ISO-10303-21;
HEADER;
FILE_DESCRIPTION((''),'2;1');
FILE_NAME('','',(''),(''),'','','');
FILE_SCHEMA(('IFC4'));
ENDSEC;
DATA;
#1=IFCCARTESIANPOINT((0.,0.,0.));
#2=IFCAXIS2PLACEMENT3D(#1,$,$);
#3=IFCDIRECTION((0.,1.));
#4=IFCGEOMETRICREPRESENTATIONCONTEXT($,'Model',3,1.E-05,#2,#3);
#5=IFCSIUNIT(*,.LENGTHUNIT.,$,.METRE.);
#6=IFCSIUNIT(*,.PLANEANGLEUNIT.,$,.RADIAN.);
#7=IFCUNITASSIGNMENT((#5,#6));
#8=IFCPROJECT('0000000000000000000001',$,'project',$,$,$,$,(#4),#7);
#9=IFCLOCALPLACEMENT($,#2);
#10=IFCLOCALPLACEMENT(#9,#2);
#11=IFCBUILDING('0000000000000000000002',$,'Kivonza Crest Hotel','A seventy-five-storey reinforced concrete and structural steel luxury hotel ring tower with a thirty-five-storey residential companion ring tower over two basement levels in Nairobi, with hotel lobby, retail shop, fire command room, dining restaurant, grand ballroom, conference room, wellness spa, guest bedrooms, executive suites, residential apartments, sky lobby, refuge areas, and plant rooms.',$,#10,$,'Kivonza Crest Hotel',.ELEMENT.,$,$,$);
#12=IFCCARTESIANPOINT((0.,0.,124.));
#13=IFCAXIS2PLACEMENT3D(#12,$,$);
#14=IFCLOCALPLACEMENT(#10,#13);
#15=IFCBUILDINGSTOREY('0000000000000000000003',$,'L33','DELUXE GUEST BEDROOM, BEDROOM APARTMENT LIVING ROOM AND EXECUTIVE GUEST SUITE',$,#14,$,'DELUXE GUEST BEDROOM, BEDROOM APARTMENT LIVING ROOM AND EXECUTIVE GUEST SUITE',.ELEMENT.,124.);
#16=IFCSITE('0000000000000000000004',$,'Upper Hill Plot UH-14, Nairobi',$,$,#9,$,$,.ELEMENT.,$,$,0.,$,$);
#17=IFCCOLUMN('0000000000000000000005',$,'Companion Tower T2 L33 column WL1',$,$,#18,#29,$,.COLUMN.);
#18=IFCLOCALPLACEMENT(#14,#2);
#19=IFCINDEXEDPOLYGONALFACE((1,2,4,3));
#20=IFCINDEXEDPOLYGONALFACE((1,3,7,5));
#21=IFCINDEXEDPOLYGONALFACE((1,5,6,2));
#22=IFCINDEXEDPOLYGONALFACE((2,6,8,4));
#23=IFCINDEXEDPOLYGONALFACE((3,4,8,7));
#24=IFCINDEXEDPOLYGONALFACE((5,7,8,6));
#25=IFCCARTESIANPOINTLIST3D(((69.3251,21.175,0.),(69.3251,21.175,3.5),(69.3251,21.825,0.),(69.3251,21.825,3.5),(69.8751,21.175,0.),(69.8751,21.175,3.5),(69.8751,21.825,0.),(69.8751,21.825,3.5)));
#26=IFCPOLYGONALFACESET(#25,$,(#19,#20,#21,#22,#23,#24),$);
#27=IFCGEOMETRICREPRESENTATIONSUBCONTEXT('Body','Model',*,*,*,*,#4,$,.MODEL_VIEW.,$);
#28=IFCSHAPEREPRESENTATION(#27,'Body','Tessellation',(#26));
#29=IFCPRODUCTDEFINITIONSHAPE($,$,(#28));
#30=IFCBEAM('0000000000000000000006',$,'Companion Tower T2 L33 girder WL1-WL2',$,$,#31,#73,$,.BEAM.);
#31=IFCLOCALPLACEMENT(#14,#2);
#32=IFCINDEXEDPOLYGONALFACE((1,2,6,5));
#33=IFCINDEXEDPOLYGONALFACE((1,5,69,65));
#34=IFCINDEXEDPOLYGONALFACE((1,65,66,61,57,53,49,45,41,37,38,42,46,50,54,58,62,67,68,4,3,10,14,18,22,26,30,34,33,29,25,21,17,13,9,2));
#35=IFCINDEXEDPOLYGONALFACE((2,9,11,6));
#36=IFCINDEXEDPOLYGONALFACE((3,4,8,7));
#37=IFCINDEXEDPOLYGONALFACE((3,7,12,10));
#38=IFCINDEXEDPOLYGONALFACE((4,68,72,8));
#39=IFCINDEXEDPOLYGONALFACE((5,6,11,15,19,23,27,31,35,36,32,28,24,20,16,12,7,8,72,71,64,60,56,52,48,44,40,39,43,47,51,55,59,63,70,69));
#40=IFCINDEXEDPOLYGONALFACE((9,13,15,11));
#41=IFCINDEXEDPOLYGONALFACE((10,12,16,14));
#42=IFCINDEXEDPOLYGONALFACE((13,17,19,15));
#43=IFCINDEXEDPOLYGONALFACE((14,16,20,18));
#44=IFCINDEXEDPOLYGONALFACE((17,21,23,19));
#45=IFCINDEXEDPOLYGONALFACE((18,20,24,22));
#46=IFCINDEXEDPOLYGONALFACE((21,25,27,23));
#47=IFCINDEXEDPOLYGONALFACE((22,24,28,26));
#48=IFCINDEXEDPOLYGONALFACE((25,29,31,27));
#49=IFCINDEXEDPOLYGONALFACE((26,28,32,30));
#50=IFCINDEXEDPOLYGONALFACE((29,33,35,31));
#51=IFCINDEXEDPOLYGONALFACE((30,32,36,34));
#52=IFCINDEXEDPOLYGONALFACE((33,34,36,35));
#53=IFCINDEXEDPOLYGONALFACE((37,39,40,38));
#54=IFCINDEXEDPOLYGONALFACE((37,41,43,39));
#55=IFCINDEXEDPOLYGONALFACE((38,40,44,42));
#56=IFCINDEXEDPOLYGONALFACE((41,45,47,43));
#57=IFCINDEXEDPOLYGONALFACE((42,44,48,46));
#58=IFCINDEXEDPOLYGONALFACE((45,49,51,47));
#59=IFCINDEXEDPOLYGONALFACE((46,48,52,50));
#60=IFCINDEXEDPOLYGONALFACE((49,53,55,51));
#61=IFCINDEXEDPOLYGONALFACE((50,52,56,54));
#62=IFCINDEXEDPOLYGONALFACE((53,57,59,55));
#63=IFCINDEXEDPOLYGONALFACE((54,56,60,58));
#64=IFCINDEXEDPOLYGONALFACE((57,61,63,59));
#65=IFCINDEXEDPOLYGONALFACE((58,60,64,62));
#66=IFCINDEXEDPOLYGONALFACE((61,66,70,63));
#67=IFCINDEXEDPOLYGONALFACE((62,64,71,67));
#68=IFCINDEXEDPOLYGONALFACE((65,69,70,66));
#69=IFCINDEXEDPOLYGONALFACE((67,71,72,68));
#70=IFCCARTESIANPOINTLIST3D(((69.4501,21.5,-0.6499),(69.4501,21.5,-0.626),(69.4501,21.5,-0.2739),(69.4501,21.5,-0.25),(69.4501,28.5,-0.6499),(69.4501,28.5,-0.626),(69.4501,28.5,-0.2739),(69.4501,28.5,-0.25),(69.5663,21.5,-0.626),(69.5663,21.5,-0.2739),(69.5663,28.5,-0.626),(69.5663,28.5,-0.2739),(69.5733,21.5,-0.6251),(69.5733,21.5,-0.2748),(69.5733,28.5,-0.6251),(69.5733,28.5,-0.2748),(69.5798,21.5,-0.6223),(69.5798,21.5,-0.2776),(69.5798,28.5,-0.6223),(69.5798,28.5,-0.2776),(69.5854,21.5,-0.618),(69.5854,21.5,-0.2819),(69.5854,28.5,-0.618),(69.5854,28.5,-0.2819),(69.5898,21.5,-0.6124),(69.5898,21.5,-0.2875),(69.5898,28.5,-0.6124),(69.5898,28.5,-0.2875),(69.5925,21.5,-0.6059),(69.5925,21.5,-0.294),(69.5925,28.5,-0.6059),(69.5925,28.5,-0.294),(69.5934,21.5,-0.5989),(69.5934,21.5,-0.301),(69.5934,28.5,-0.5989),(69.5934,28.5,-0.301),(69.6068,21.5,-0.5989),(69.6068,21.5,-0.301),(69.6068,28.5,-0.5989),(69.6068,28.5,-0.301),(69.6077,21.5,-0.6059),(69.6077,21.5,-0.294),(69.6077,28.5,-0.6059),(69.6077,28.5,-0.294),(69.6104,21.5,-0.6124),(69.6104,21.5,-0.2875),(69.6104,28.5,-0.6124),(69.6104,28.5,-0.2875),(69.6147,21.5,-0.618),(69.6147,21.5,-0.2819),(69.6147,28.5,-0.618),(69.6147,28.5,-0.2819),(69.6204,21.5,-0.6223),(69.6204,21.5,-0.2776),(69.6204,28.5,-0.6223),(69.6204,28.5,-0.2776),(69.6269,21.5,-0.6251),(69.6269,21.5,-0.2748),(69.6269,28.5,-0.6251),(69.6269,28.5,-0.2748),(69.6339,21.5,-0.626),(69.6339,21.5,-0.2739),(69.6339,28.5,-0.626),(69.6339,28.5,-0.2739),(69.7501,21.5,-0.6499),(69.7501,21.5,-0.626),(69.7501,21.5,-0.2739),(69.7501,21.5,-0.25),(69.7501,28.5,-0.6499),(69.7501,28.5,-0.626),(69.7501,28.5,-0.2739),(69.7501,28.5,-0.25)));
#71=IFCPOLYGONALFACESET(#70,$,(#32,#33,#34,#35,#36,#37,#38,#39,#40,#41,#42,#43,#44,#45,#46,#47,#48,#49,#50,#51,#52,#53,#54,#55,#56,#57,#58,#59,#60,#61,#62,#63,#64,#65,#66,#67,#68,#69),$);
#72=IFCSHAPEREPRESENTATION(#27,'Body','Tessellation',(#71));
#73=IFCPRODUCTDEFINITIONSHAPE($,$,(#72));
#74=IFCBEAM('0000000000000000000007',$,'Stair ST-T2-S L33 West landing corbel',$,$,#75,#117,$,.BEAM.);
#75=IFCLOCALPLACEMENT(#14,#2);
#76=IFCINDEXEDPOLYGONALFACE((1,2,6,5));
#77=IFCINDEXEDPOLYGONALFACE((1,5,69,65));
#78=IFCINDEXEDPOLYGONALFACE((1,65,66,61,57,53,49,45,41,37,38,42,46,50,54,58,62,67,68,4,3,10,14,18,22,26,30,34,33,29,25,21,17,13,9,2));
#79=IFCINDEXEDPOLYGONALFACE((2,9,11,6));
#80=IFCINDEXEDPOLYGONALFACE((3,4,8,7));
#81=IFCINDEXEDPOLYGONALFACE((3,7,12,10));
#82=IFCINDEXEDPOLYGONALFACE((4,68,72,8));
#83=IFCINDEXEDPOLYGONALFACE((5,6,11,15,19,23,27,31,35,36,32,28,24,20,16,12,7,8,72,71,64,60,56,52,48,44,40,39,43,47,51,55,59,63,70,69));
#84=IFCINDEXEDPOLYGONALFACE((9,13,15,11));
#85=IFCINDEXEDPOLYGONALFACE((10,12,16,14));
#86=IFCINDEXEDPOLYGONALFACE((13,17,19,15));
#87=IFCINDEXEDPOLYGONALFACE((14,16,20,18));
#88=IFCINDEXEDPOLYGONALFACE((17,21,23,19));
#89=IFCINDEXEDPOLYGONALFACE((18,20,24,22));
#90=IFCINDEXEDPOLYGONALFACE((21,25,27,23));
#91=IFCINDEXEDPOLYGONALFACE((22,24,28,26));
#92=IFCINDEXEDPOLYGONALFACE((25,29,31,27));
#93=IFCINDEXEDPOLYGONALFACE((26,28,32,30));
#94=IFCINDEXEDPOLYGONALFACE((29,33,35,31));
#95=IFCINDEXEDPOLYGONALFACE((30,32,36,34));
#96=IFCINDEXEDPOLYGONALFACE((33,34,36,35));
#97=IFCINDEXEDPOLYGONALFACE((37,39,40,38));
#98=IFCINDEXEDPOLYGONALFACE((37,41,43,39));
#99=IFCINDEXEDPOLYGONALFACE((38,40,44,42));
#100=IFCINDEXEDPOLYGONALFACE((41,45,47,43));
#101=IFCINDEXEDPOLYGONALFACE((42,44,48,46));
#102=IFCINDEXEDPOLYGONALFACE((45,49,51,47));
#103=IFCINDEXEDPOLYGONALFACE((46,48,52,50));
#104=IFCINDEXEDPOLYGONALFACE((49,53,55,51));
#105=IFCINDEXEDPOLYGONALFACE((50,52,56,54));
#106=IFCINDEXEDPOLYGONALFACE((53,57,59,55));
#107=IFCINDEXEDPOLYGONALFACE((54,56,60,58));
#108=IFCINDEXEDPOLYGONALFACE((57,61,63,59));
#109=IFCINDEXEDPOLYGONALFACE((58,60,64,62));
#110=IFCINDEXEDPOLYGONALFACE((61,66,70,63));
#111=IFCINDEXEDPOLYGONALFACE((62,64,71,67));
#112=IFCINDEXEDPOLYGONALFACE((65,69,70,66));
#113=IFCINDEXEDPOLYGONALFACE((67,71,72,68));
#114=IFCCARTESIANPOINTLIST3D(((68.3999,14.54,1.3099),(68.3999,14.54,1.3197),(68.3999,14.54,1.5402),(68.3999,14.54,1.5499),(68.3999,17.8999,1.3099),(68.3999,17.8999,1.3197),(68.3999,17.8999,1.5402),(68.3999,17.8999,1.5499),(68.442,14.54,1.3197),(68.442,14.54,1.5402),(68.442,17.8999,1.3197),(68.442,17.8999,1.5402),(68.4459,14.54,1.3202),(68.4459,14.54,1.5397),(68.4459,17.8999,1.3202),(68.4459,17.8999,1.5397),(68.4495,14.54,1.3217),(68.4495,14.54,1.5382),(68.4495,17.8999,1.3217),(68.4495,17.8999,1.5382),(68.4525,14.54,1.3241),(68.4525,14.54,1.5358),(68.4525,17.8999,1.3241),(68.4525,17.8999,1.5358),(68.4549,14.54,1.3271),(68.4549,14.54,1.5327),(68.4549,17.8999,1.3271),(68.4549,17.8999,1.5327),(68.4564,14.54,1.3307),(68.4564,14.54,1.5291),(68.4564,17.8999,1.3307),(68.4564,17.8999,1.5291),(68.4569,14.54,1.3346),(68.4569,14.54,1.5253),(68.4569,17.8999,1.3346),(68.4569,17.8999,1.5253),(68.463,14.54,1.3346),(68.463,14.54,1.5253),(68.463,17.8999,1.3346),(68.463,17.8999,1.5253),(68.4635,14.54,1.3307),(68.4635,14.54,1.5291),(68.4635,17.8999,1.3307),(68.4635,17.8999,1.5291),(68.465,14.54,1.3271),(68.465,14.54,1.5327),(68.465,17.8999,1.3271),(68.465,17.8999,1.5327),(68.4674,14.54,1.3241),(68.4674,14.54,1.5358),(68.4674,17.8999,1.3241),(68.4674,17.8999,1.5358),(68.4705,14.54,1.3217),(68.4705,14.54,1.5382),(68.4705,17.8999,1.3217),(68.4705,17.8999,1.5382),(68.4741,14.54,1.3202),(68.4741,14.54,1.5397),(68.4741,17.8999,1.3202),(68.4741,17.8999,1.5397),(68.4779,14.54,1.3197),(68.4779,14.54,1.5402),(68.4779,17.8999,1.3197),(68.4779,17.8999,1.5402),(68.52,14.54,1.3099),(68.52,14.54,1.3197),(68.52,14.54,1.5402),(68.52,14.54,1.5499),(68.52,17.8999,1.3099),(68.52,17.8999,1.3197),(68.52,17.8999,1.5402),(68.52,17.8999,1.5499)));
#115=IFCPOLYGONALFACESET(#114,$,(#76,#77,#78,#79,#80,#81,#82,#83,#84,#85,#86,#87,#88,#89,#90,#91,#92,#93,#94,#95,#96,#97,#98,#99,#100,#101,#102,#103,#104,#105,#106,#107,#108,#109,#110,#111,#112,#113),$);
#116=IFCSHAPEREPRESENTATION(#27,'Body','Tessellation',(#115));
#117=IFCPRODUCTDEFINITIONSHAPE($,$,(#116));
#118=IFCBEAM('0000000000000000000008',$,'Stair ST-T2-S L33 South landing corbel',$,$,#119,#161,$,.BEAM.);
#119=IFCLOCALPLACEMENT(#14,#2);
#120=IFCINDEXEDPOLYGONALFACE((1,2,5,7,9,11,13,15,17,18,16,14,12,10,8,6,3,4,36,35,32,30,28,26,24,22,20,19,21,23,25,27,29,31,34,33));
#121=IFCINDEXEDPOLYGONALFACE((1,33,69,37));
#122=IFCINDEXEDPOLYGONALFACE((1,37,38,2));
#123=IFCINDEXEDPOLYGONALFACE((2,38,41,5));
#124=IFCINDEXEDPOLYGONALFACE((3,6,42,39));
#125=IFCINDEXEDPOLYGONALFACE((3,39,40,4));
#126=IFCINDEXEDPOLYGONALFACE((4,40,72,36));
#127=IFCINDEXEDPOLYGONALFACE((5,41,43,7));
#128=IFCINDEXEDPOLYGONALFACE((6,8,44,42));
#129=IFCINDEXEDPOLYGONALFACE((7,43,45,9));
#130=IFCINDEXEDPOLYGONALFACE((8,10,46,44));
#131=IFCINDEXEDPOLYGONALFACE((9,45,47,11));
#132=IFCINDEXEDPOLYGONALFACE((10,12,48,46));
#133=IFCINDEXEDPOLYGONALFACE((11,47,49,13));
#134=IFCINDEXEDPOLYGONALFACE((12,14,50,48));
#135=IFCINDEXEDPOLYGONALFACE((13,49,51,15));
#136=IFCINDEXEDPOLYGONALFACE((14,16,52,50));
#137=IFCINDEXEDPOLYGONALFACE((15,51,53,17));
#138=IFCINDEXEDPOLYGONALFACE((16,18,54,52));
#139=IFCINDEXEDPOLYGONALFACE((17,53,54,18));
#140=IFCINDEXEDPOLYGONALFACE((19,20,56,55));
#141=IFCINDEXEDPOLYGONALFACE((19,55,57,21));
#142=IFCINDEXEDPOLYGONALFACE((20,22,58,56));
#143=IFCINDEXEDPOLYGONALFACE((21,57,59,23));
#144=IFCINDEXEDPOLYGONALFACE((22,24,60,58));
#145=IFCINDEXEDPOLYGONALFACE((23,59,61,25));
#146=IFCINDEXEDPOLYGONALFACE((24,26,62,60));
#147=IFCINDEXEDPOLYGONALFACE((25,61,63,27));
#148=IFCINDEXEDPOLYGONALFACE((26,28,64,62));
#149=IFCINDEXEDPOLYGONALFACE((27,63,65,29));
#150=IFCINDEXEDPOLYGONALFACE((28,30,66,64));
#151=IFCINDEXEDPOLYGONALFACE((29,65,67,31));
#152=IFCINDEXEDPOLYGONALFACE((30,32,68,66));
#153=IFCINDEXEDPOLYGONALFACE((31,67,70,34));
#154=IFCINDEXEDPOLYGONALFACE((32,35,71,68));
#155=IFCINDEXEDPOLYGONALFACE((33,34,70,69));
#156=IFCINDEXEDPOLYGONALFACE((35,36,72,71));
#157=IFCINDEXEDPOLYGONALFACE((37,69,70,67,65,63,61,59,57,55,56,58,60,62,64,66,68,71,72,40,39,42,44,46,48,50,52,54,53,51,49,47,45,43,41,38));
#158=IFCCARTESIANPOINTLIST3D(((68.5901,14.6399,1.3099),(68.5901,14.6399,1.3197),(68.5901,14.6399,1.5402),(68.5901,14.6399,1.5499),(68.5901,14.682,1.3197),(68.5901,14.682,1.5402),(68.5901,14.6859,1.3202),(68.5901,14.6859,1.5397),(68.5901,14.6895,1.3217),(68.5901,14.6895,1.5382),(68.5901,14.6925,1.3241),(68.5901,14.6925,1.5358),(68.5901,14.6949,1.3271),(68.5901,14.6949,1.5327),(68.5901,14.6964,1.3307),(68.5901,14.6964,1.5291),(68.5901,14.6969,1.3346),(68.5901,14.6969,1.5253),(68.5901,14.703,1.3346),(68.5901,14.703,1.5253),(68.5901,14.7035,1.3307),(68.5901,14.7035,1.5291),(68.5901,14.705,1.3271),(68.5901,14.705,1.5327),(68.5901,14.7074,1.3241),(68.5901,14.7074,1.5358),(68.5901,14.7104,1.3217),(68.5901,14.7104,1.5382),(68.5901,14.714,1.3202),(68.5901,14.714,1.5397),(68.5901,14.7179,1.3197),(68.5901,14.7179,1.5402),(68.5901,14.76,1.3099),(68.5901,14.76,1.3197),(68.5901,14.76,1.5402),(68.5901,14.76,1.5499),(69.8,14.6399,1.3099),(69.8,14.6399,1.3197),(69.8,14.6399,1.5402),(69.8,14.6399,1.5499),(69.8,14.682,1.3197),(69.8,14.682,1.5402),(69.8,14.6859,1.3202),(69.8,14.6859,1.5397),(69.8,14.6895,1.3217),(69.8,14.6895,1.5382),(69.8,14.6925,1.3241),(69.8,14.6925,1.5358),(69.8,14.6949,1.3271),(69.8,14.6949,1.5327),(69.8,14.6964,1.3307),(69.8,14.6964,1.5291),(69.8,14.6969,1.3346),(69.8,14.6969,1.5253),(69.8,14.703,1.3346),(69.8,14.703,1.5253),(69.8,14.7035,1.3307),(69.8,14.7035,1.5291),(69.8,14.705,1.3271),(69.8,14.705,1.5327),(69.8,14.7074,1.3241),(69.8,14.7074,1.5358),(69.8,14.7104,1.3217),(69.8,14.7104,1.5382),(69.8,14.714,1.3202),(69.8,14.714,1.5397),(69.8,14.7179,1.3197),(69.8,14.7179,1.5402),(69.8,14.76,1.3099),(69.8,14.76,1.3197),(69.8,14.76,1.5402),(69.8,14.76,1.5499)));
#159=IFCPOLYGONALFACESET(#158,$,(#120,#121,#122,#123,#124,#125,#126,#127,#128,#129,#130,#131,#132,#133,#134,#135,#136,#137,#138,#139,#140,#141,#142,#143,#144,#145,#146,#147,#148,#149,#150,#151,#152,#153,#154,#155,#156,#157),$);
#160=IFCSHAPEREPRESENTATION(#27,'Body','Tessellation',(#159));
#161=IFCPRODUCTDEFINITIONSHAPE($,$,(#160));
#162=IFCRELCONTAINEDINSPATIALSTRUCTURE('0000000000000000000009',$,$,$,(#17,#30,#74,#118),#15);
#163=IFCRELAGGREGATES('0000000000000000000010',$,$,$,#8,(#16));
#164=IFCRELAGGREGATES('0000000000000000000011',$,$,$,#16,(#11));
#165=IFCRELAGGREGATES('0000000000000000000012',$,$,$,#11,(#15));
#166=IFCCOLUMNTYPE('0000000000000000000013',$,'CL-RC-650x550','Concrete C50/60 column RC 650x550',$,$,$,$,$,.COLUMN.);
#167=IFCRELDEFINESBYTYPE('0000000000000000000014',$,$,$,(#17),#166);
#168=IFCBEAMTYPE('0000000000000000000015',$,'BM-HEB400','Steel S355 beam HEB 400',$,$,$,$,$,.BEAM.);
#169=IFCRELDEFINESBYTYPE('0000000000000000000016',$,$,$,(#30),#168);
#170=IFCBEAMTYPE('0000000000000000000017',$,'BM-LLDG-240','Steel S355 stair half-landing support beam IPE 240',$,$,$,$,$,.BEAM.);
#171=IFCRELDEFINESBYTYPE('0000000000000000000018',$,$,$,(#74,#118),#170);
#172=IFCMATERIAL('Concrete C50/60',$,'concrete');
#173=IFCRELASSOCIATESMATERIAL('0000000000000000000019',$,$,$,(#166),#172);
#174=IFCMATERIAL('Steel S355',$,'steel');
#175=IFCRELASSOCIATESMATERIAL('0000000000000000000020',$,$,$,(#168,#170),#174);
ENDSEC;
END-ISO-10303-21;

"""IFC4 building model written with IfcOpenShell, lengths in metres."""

from ifc_helpers import new_model, si_unit, direction, frame, origin, origin_2d, place, context, subcontext, project, spatial, rectangle, i_section, extrude, material, material_profile, profile_set, type_object, element, save


model = new_model("IFC4")

# Units and contexts
model_context = context("Model", 3, precision=1e-05, world=origin(), true_north=direction((0.0, 1.0)))
body_context = subcontext(model_context, "Body", "Model", "MODEL_VIEW")
ifc_project = project(units=[si_unit("LENGTHUNIT", "METRE"), si_unit("PLANEANGLEUNIT", "RADIAN")], contexts=[model_context])

# Site, building, storey
site_placement = place(None, origin())
site = spatial("IfcSite", under=ifc_project, at=site_placement, Name="Upper Hill Plot UH-14, Nairobi", CompositionType="ELEMENT", RefElevation=0.0)
building_placement = place(site_placement, origin())
building = spatial("IfcBuilding", under=site, at=building_placement, Name="Kivonza Crest Hotel", Description="A seventy-five-storey reinforced concrete and structural steel luxury hotel ring tower with a thirty-five-storey residential companion ring tower over two basement levels in Nairobi, with hotel lobby, retail shop, fire command room, dining restaurant, grand ballroom, conference room, wellness spa, guest bedrooms, executive suites, residential apartments, sky lobby, refuge areas, and plant rooms.", LongName="Kivonza Crest Hotel", CompositionType="ELEMENT")
storey_placement = place(building_placement, frame((0.0, 0.0, 124.0)))
storey = spatial("IfcBuildingStorey", under=building, at=storey_placement, Name="L33", Description="DELUXE GUEST BEDROOM, BEDROOM APARTMENT LIVING ROOM AND EXECUTIVE GUEST SUITE", LongName="DELUXE GUEST BEDROOM, BEDROOM APARTMENT LIVING ROOM AND EXECUTIVE GUEST SUITE", CompositionType="ELEMENT", Elevation=124.0)

# Column
ifc_material_1 = material(Name="Concrete C50/60", Category="concrete")
ifc_material_profile_1 = material_profile(ifc_material_1, rectangle(XDim=0.55, YDim=0.6499, at=origin_2d()), Name="RC 650x550")
ifc_profile_set_1 = profile_set([ifc_material_profile_1], Name="Concrete C50/60")
column_type = type_object("IfcColumnType", Name="CL-RC-650x550", Description="Concrete C50/60 column RC 650x550", PredefinedType="COLUMN", material=ifc_profile_set_1)
column_placement = place(storey_placement, frame((69.6001, 21.5, 0.0), z_axis=(0.0, 0.0, 1.0), x_axis=(1.0, 0.0, 0.0)))
element("IfcColumn", 1, at=column_placement, inside=storey, type_object=column_type, Name="Companion Tower T2 L33 column WL1", PredefinedType="COLUMN", context=body_context, shape_type="SweptSolid", body=[
    extrude(rectangle(XDim=0.55, YDim=0.6499, at=origin_2d()), origin(), (0.0, 0.0, 1.0), 3.5),
])

# Beams
ifc_material_2 = material(Name="Steel S355", Category="steel")
ifc_material_profile_2 = material_profile(ifc_material_2, i_section(OverallWidth=0.3, OverallDepth=0.3999, WebThickness=0.0134, FlangeThickness=0.0239, FilletRadius=0.0271, at=origin_2d()), Name="HEB 400")
ifc_profile_set_2 = profile_set([ifc_material_profile_2], Name="Steel S355")
beam_type_1 = type_object("IfcBeamType", Name="BM-HEB400", Description="Steel S355 beam HEB 400", PredefinedType="BEAM", material=ifc_profile_set_2)
beam_1_placement = place(storey_placement, frame((69.6001, 21.5, -0.45), z_axis=(0.0, 1.0, 0.0), x_axis=(-1.0, 0.0, 0.0)))
element("IfcBeam", 2, at=beam_1_placement, inside=storey, type_object=beam_type_1, Name="Companion Tower T2 L33 girder WL1-WL2", PredefinedType="BEAM", context=body_context, shape_type="SweptSolid", body=[
    extrude(i_section(OverallWidth=0.3, OverallDepth=0.3999, WebThickness=0.0134, FlangeThickness=0.0239, FilletRadius=0.0271, at=origin_2d()), origin(), (0.0, 0.0, 1.0), 7.0),
])
ifc_material_profile_3 = material_profile(ifc_material_2, i_section(OverallWidth=0.1201, OverallDepth=0.24, WebThickness=0.0061, FlangeThickness=0.0098, FilletRadius=0.0149, at=origin_2d()), Name="IPE 240")
ifc_profile_set_3 = profile_set([ifc_material_profile_3], Name="Steel S355")
beam_type_2 = type_object("IfcBeamType", Name="BM-LLDG-240", Description="Steel S355 stair half-landing support beam IPE 240", PredefinedType="BEAM", material=ifc_profile_set_3)
beam_2_placement = place(storey_placement, frame((68.46, 14.54, 1.4299), z_axis=(0.0, 1.0, 0.0), x_axis=(-1.0, 0.0, 0.0)))
element("IfcBeam", 3, at=beam_2_placement, inside=storey, type_object=beam_type_2, Name="Stair ST-T2-S L33 West landing corbel", PredefinedType="BEAM", context=body_context, shape_type="SweptSolid", body=[
    extrude(i_section(OverallWidth=0.1201, OverallDepth=0.24, WebThickness=0.0061, FlangeThickness=0.0098, FilletRadius=0.0149, at=origin_2d()), origin(), (0.0, 0.0, 1.0), 3.3599),
])
for number, where, z_axis, x_axis, name in (
    (4, (68.5901, 14.7, 1.4299), (1.0, 0.0, 0.0), (0.0, 1.0, 0.0), "Stair ST-T2-S L33 South landing corbel"),
):
    element("IfcBeam", number, at=place(storey_placement, frame(where, z_axis=z_axis, x_axis=x_axis)), inside=storey, type_object=beam_type_2, Name=name, PredefinedType="BEAM", context=body_context, shape_type="SweptSolid", body=[
        extrude(i_section(OverallWidth=0.1201, OverallDepth=0.24, WebThickness=0.0061, FlangeThickness=0.0098, FilletRadius=0.0149, at=origin_2d()), origin(), (0.0, 0.0, 1.0), 1.21),
    ])

save(model, "model.ifc")
